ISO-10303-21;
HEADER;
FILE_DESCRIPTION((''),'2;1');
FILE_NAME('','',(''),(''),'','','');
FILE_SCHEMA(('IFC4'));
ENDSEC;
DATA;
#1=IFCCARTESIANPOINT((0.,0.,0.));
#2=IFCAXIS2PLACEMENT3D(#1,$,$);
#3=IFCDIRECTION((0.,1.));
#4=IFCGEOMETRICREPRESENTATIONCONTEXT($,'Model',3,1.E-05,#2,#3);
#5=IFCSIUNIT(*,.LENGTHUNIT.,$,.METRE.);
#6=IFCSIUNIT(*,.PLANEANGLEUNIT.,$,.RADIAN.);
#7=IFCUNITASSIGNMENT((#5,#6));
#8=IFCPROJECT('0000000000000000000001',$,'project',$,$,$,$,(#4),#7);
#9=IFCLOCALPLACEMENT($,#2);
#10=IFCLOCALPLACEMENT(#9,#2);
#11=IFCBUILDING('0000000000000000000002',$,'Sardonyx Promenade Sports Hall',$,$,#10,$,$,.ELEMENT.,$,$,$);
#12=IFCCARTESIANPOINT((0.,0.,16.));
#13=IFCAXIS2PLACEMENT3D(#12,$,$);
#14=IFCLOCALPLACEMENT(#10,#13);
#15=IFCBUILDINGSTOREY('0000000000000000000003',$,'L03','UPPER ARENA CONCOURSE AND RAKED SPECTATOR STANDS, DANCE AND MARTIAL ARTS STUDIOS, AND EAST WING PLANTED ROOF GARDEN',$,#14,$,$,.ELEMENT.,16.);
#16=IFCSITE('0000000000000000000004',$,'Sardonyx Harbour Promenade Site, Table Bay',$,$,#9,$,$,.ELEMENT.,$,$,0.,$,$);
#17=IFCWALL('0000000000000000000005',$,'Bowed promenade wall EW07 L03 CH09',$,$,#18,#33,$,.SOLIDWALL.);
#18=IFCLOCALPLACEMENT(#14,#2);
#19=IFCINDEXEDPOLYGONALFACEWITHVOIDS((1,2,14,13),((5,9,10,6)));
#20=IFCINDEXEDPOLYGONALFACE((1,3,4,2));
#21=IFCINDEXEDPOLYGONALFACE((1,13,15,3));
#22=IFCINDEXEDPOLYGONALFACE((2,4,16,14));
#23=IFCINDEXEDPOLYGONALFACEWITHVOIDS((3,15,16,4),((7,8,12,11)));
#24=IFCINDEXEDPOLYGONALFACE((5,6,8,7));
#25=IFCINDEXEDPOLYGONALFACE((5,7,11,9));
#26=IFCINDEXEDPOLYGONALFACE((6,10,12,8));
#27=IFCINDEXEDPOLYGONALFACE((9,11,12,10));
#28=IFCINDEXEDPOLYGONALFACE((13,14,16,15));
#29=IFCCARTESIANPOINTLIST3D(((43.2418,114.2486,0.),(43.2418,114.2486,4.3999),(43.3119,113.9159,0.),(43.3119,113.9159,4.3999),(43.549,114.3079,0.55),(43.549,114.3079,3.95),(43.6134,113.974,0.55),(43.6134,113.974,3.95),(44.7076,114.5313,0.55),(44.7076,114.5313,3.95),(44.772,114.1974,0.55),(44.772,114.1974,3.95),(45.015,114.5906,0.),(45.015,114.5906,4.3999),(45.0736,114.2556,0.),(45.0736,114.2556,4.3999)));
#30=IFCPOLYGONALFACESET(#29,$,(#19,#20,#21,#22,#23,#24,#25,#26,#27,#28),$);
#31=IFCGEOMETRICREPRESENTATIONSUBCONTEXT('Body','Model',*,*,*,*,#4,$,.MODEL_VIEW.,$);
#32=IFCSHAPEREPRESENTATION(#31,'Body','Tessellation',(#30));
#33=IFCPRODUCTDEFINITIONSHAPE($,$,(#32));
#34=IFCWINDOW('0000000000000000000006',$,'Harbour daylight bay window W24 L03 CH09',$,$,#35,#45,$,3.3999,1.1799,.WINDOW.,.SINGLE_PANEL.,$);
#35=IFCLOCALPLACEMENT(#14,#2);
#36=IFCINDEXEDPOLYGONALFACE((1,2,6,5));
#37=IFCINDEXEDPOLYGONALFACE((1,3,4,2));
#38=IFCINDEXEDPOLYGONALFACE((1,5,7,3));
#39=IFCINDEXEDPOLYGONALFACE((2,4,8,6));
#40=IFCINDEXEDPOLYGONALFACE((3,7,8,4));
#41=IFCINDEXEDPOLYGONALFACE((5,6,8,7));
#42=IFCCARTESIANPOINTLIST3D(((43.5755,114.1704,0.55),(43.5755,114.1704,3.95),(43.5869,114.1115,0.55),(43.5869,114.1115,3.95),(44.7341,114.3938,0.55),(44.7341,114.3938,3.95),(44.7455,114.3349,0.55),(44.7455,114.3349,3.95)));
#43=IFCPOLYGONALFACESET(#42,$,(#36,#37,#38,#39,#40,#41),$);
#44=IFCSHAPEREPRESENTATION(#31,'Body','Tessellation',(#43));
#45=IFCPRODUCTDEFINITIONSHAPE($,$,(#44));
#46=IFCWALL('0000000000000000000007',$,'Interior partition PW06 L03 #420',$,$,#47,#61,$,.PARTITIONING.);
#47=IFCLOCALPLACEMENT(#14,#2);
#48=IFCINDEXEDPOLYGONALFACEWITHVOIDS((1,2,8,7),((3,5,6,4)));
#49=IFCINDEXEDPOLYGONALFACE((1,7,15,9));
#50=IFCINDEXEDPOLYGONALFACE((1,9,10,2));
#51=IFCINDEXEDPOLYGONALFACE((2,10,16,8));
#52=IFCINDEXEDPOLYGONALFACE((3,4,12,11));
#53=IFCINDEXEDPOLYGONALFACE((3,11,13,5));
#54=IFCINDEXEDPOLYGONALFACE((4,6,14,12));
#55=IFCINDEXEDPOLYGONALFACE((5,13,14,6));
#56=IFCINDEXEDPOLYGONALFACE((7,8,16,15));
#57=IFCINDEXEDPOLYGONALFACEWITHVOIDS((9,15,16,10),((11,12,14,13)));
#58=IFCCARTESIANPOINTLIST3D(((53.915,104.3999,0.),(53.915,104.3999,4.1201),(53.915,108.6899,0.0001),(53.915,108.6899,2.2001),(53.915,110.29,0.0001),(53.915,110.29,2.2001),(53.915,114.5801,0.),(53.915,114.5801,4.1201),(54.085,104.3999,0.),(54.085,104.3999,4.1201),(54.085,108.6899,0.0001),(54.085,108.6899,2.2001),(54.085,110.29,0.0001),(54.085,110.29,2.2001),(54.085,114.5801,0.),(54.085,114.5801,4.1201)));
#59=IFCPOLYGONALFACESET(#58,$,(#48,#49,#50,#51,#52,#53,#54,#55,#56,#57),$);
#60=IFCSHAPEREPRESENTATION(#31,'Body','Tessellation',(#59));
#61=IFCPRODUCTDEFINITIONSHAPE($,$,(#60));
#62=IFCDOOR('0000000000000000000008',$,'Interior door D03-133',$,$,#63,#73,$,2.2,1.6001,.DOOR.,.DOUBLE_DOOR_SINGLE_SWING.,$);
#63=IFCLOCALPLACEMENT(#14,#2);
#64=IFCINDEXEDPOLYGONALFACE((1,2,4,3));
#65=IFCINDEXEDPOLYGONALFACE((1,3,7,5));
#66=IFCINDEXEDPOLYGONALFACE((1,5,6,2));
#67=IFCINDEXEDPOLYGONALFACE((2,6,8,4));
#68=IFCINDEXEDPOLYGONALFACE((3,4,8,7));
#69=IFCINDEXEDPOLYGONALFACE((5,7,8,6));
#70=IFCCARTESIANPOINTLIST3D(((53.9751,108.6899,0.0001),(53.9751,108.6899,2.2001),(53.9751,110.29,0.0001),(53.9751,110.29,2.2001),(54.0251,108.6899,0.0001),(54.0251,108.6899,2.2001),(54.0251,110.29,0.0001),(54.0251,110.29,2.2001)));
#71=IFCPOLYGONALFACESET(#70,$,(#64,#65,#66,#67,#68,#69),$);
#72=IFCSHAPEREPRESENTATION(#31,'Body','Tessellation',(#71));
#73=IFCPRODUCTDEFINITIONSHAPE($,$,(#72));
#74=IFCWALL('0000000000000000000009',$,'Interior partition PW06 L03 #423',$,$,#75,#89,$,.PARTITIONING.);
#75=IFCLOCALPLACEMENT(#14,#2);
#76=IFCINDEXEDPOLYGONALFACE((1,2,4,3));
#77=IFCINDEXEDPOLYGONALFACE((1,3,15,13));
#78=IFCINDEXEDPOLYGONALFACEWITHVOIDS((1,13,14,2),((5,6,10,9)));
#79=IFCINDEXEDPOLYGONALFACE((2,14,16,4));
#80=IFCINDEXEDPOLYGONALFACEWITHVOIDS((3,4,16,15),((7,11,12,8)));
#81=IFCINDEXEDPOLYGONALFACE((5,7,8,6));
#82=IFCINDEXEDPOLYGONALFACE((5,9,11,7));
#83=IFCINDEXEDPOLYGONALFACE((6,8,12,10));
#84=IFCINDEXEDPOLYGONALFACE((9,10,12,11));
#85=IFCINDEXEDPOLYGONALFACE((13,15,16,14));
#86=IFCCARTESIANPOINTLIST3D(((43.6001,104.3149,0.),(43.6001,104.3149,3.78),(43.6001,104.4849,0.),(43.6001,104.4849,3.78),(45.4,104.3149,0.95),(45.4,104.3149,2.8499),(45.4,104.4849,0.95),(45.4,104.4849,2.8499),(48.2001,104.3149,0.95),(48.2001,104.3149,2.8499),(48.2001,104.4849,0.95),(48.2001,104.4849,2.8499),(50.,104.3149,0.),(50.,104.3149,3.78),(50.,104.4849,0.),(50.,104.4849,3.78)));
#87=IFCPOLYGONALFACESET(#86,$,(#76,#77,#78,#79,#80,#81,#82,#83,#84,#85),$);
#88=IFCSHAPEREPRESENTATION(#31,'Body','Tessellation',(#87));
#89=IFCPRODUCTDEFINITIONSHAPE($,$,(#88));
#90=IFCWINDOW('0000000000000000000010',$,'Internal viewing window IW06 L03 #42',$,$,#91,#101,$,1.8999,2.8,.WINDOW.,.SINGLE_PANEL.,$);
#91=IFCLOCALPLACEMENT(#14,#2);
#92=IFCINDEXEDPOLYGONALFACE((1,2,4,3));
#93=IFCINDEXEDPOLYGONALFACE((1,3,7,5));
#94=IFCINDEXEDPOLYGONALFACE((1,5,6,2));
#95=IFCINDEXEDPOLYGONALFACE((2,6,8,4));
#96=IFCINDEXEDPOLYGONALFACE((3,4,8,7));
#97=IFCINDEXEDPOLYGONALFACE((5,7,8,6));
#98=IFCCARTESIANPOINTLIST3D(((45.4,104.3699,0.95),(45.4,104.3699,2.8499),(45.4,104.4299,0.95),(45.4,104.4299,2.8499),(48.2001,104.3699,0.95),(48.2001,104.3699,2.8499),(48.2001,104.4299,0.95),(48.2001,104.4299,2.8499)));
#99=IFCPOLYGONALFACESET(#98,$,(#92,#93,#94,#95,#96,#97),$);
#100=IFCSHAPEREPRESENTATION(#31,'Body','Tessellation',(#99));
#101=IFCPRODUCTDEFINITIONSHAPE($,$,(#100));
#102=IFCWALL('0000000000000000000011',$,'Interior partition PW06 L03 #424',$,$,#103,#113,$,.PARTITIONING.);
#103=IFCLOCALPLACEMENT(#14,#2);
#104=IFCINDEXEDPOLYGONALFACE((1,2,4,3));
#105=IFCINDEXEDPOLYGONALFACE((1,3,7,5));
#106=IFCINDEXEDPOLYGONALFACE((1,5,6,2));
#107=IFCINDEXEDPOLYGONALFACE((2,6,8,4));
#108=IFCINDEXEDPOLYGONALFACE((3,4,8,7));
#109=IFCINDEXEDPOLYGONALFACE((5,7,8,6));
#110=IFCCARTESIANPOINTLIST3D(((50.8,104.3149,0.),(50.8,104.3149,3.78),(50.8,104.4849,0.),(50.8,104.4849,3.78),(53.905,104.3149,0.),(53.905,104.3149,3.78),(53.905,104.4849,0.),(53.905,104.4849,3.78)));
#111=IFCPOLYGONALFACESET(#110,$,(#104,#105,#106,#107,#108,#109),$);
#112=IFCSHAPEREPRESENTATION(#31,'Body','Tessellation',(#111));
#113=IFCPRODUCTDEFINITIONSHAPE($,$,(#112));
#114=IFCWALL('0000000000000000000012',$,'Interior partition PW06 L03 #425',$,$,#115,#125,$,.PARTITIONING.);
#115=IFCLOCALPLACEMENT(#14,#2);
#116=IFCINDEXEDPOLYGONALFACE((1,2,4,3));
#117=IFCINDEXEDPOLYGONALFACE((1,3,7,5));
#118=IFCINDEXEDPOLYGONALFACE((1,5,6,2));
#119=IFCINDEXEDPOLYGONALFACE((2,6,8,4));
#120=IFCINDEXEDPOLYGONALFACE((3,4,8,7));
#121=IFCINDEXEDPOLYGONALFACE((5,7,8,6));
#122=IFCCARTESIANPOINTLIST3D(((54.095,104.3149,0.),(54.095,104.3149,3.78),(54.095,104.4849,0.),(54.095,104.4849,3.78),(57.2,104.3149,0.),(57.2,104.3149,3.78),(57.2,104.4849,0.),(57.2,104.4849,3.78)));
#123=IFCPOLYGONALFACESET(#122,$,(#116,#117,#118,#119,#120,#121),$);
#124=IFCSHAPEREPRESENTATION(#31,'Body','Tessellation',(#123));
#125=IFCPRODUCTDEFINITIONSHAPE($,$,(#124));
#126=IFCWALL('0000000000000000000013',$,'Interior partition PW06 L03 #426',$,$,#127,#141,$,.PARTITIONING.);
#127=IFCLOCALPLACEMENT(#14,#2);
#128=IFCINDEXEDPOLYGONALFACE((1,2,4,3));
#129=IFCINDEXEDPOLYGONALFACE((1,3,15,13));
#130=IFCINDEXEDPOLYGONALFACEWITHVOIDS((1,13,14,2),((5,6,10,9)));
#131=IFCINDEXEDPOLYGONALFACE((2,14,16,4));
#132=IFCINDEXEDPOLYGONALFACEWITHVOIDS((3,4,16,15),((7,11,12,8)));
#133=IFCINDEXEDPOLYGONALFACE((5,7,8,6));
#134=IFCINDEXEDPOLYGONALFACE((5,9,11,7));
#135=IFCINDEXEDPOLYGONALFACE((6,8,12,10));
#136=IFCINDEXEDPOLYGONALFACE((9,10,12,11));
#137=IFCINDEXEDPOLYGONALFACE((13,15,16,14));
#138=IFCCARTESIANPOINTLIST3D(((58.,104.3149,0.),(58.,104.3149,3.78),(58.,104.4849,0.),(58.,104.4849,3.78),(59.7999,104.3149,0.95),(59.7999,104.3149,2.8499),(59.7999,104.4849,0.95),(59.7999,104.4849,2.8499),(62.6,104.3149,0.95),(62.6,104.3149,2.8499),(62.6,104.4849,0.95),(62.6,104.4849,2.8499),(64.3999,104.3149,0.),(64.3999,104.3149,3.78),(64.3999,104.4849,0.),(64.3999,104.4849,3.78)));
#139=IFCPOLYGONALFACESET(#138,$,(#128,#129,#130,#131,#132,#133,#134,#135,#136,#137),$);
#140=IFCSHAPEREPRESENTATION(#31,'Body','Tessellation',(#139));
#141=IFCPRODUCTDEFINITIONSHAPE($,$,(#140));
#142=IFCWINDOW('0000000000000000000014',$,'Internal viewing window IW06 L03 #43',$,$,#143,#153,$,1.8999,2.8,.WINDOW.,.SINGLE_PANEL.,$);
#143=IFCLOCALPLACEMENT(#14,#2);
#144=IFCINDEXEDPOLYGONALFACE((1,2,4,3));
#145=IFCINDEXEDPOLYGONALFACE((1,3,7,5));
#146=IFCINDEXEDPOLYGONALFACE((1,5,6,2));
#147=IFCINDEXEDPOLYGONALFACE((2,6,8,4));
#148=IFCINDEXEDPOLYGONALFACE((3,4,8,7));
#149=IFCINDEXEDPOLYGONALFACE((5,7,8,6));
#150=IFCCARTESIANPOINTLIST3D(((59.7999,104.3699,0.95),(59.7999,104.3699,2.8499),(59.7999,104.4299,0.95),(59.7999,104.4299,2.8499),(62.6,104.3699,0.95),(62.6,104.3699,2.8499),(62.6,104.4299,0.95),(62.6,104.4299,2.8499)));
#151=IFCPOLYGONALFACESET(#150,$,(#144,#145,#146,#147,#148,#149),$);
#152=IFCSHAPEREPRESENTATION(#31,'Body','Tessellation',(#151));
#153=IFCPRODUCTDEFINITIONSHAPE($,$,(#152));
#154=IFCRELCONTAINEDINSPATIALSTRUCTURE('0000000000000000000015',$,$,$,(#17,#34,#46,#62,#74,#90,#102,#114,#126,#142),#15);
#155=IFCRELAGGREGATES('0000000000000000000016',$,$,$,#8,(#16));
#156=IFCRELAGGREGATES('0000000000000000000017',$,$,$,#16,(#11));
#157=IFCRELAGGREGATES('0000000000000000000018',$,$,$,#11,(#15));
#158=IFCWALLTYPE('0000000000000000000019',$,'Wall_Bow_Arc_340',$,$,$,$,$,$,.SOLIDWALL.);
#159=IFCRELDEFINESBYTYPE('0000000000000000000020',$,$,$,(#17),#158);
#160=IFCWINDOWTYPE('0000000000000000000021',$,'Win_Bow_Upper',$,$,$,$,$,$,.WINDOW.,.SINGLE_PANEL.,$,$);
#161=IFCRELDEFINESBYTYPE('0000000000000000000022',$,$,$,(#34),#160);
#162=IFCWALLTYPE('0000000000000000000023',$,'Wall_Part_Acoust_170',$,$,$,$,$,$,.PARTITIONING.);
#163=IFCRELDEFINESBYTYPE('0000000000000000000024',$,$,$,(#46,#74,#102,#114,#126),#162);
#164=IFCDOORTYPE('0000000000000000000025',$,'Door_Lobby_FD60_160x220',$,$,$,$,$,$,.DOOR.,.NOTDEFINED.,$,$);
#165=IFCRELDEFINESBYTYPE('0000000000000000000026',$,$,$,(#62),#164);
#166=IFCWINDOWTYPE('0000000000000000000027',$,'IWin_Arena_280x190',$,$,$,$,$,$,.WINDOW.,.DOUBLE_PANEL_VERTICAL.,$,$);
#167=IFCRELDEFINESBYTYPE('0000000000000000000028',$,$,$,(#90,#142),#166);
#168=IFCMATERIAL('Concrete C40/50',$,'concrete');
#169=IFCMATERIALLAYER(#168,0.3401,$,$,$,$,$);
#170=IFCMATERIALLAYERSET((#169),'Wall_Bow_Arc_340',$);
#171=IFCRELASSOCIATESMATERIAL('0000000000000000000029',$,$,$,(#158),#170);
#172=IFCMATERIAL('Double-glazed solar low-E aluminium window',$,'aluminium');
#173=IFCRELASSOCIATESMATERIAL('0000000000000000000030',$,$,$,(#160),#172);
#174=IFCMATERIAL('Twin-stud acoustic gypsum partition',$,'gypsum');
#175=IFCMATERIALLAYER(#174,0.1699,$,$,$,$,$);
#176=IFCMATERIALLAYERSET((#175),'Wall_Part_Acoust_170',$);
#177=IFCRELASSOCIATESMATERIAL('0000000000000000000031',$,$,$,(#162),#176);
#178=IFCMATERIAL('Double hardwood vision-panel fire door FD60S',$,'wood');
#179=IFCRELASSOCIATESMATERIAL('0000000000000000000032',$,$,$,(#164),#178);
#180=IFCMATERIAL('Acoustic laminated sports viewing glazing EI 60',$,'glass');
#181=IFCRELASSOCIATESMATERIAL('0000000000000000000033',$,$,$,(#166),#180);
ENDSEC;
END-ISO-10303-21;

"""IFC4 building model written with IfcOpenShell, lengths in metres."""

from ifc_helpers import new_model, si_unit, direction, frame, frame_2d, origin, place, context, subcontext, project, spatial, polyline, rectangle, outline, extrude, material, layer, layer_set, type_object, element, fill, save


model = new_model("IFC4")

# Units and contexts
model_context = context("Model", 3, precision=1e-05, world=origin(), true_north=direction((0.0, 1.0)))
body_context = subcontext(model_context, "Body", "Model", "MODEL_VIEW")
ifc_project = project(units=[si_unit("LENGTHUNIT", "METRE"), si_unit("PLANEANGLEUNIT", "RADIAN")], contexts=[model_context])

# Site, building, storey
site_placement = place(None, origin())
site = spatial("IfcSite", under=ifc_project, at=site_placement, Name="Sardonyx Harbour Promenade Site, Table Bay", CompositionType="ELEMENT", RefElevation=0.0)
building_placement = place(site_placement, origin())
building = spatial("IfcBuilding", under=site, at=building_placement, Name="Sardonyx Promenade Sports Hall", CompositionType="ELEMENT")
storey_placement = place(building_placement, frame((0.0, 0.0, 16.0)))
storey = spatial("IfcBuildingStorey", under=building, at=storey_placement, Name="L03", Description="UPPER ARENA CONCOURSE AND RAKED SPECTATOR STANDS, DANCE AND MARTIAL ARTS STUDIOS, AND EAST WING PLANTED ROOF GARDEN", CompositionType="ELEMENT", Elevation=16.0)

# Wall, opening, window
ifc_material_1 = material(Name="Concrete C40/50", Category="concrete")
ifc_layer_1 = layer(ifc_material_1, 0.3401)
ifc_layer_set_1 = layer_set([ifc_layer_1], Name="Wall_Bow_Arc_340")
wall_type_1 = type_object("IfcWallType", Name="Wall_Bow_Arc_340", PredefinedType="SOLIDWALL", material=ifc_layer_set_1)
wall_1_placement = place(storey_placement, frame((43.2769, 114.0823, 0.0), z_axis=(0.0, 0.0, 1.0), x_axis=(0.981913, 0.18933, 0.0)))
wall_1 = element("IfcWall", 1, at=wall_1_placement, inside=storey, type_object=wall_type_1, Name="Bowed promenade wall EW07 L03 CH09", PredefinedType="SOLIDWALL", context=body_context, shape_type="SweptSolid", body=[
    extrude(outline(polyline([(0.0029, -0.17), (1.7971, -0.17), (1.8029, 0.17), (-0.0029, 0.17), (0.0029, -0.17)])), origin(), (0.0, 0.0, 1.0), 4.3999),
])
opening_1_placement = place(wall_1_placement, frame((0.3101, 0.0, 0.55)))
opening_1 = element("IfcOpeningElement", 2, at=opening_1_placement, cuts=wall_1, PredefinedType="OPENING", context=body_context, shape_type="SweptSolid", body=[
    extrude(rectangle(XDim=1.1799, YDim=3.3999, at=frame_2d((0.5898, 1.7))), frame((0.0, 0.18, 0.0), z_axis=(0.0, -1.0, 0.0), x_axis=(1.0, 0.0, 0.0)), (0.0, 0.0, 1.0), 0.36),
])
ifc_material_2 = material(Name="Double-glazed solar low-E aluminium window", Category="aluminium")
window_type_1 = type_object("IfcWindowType", Name="Win_Bow_Upper", PartitioningType="SINGLE_PANEL", PredefinedType="WINDOW", material=ifc_material_2)
window_1_placement = place(opening_1_placement, origin())
window_1 = element("IfcWindow", 3, at=window_1_placement, inside=storey, type_object=window_type_1, Name="Harbour daylight bay window W24 L03 CH09", OverallHeight=3.3999, OverallWidth=1.1799, PartitioningType="SINGLE_PANEL", PredefinedType="WINDOW", context=body_context, shape_type="SweptSolid", body=[
    extrude(rectangle(XDim=1.1799, YDim=3.3999, at=frame_2d((0.5898, 1.7))), frame((0.0, 0.03, 0.0), z_axis=(0.0, -1.0, 0.0), x_axis=(1.0, 0.0, 0.0)), (0.0, 0.0, 1.0), 0.0601),
])
fill(opening_1, window_1)

# Wall, opening, door
ifc_material_3 = material(Name="Twin-stud acoustic gypsum partition", Category="gypsum")
ifc_layer_2 = layer(ifc_material_3, 0.1699)
ifc_layer_set_2 = layer_set([ifc_layer_2], Name="Wall_Part_Acoust_170")
wall_type_2 = type_object("IfcWallType", Name="Wall_Part_Acoust_170", PredefinedType="PARTITIONING", material=ifc_layer_set_2)
wall_2_placement = place(storey_placement, frame((54.0, 104.3999, 0.0), z_axis=(0.0, 0.0, 1.0), x_axis=(0.0, 1.0, 0.0)))
wall_2 = element("IfcWall", 4, at=wall_2_placement, inside=storey, type_object=wall_type_2, Name="Interior partition PW06 L03 #420", PredefinedType="PARTITIONING", context=body_context, shape_type="SweptSolid", body=[
    extrude(rectangle(XDim=10.1802, YDim=0.1699, at=frame_2d((5.0901, 0.0))), origin(), (0.0, 0.0, 1.0), 4.1201),
])
opening_2_placement = place(wall_2_placement, frame((4.29, 0.0, 0.0)))
opening_2 = element("IfcOpeningElement", 5, at=opening_2_placement, cuts=wall_2, PredefinedType="OPENING", context=body_context, shape_type="SweptSolid", body=[
    extrude(rectangle(XDim=1.6001, YDim=2.2, at=frame_2d((0.8, 1.1001))), frame((0.0, 0.095, 0.0), z_axis=(0.0, -1.0, 0.0), x_axis=(1.0, 0.0, 0.0)), (0.0, 0.0, 1.0), 0.19),
])
ifc_material_4 = material(Name="Double hardwood vision-panel fire door FD60S", Category="wood")
door_type = type_object("IfcDoorType", Name="Door_Lobby_FD60_160x220", OperationType="NOTDEFINED", PredefinedType="DOOR", material=ifc_material_4)
door_placement = place(opening_2_placement, origin())
door = element("IfcDoor", 6, at=door_placement, inside=storey, type_object=door_type, Name="Interior door D03-133", OperationType="DOUBLE_DOOR_SINGLE_SWING", OverallHeight=2.2, OverallWidth=1.6001, PredefinedType="DOOR", context=body_context, shape_type="SweptSolid", body=[
    extrude(rectangle(XDim=1.6001, YDim=2.2, at=frame_2d((0.8, 1.1001))), frame((0.0, 0.0249, 0.0), z_axis=(0.0, -1.0, 0.0), x_axis=(1.0, 0.0, 0.0)), (0.0, 0.0, 1.0), 0.05),
])
fill(opening_2, door)

# Wall, opening, window
wall_3_placement = place(storey_placement, frame((43.6001, 104.3999, 0.0), z_axis=(0.0, 0.0, 1.0), x_axis=(1.0, 0.0, 0.0)))
wall_3 = element("IfcWall", 7, at=wall_3_placement, inside=storey, type_object=wall_type_2, Name="Interior partition PW06 L03 #423", PredefinedType="PARTITIONING", context=body_context, shape_type="SweptSolid", body=[
    extrude(rectangle(XDim=6.3999, YDim=0.1699, at=frame_2d((3.2, 0.0))), origin(), (0.0, 0.0, 1.0), 3.78),
])
opening_3_placement = place(wall_3_placement, frame((1.8, 0.0, 0.95)))
opening_3 = element("IfcOpeningElement", 8, at=opening_3_placement, cuts=wall_3, PredefinedType="OPENING", context=body_context, shape_type="SweptSolid", body=[
    extrude(rectangle(XDim=2.8, YDim=1.8999, at=frame_2d((1.3999, 0.95))), frame((0.0, 0.095, 0.0), z_axis=(0.0, -1.0, 0.0), x_axis=(1.0, 0.0, 0.0)), (0.0, 0.0, 1.0), 0.19),
])
ifc_material_5 = material(Name="Acoustic laminated sports viewing glazing EI 60", Category="glass")
window_type_2 = type_object("IfcWindowType", Name="IWin_Arena_280x190", PartitioningType="DOUBLE_PANEL_VERTICAL", PredefinedType="WINDOW", material=ifc_material_5)
window_2_placement = place(opening_3_placement, origin())
window_2 = element("IfcWindow", 9, at=window_2_placement, inside=storey, type_object=window_type_2, Name="Internal viewing window IW06 L03 #42", OverallHeight=1.8999, OverallWidth=2.8, PartitioningType="SINGLE_PANEL", PredefinedType="WINDOW", context=body_context, shape_type="SweptSolid", body=[
    extrude(rectangle(XDim=2.8, YDim=1.8999, at=frame_2d((1.3999, 0.95))), frame((0.0, 0.03, 0.0), z_axis=(0.0, -1.0, 0.0), x_axis=(1.0, 0.0, 0.0)), (0.0, 0.0, 1.0), 0.0601),
])
fill(opening_3, window_2)

# Walls
for number, where, z_axis, x_axis, name in (
    (10, (50.8, 104.3999, 0.0), (0.0, 0.0, 1.0), (1.0, 0.0, 0.0), "Interior partition PW06 L03 #424"),
    (11, (54.095, 104.3999, 0.0), (0.0, 0.0, 1.0), (1.0, 0.0, 0.0), "Interior partition PW06 L03 #425"),
):
    element("IfcWall", number, at=place(storey_placement, frame(where, z_axis=z_axis, x_axis=x_axis)), inside=storey, type_object=wall_type_2, Name=name, PredefinedType="PARTITIONING", context=body_context, shape_type="SweptSolid", body=[
        extrude(rectangle(XDim=3.105, YDim=0.1699, at=frame_2d((1.5525, 0.0))), origin(), (0.0, 0.0, 1.0), 3.78),
    ])

# Wall, opening, window
wall_4_placement = place(storey_placement, frame((58.0, 104.3999, 0.0), z_axis=(0.0, 0.0, 1.0), x_axis=(1.0, 0.0, 0.0)))
wall_4 = element("IfcWall", 12, at=wall_4_placement, inside=storey, type_object=wall_type_2, Name="Interior partition PW06 L03 #426", PredefinedType="PARTITIONING", context=body_context, shape_type="SweptSolid", body=[
    extrude(rectangle(XDim=6.3999, YDim=0.1699, at=frame_2d((3.2, 0.0))), origin(), (0.0, 0.0, 1.0), 3.78),
])
opening_4_placement = place(wall_4_placement, frame((1.8, 0.0, 0.95)))
opening_4 = element("IfcOpeningElement", 13, at=opening_4_placement, cuts=wall_4, PredefinedType="OPENING", context=body_context, shape_type="SweptSolid", body=[
    extrude(rectangle(XDim=2.8, YDim=1.8999, at=frame_2d((1.3999, 0.95))), frame((0.0, 0.095, 0.0), z_axis=(0.0, -1.0, 0.0), x_axis=(1.0, 0.0, 0.0)), (0.0, 0.0, 1.0), 0.19),
])
window_3_placement = place(opening_4_placement, origin())
window_3 = element("IfcWindow", 14, at=window_3_placement, inside=storey, type_object=window_type_2, Name="Internal viewing window IW06 L03 #43", OverallHeight=1.8999, OverallWidth=2.8, PartitioningType="SINGLE_PANEL", PredefinedType="WINDOW", context=body_context, shape_type="SweptSolid", body=[
    extrude(rectangle(XDim=2.8, YDim=1.8999, at=frame_2d((1.3999, 0.95))), frame((0.0, 0.03, 0.0), z_axis=(0.0, -1.0, 0.0), x_axis=(1.0, 0.0, 0.0)), (0.0, 0.0, 1.0), 0.0601),
])
fill(opening_4, window_3)

save(model, "model.ifc")
